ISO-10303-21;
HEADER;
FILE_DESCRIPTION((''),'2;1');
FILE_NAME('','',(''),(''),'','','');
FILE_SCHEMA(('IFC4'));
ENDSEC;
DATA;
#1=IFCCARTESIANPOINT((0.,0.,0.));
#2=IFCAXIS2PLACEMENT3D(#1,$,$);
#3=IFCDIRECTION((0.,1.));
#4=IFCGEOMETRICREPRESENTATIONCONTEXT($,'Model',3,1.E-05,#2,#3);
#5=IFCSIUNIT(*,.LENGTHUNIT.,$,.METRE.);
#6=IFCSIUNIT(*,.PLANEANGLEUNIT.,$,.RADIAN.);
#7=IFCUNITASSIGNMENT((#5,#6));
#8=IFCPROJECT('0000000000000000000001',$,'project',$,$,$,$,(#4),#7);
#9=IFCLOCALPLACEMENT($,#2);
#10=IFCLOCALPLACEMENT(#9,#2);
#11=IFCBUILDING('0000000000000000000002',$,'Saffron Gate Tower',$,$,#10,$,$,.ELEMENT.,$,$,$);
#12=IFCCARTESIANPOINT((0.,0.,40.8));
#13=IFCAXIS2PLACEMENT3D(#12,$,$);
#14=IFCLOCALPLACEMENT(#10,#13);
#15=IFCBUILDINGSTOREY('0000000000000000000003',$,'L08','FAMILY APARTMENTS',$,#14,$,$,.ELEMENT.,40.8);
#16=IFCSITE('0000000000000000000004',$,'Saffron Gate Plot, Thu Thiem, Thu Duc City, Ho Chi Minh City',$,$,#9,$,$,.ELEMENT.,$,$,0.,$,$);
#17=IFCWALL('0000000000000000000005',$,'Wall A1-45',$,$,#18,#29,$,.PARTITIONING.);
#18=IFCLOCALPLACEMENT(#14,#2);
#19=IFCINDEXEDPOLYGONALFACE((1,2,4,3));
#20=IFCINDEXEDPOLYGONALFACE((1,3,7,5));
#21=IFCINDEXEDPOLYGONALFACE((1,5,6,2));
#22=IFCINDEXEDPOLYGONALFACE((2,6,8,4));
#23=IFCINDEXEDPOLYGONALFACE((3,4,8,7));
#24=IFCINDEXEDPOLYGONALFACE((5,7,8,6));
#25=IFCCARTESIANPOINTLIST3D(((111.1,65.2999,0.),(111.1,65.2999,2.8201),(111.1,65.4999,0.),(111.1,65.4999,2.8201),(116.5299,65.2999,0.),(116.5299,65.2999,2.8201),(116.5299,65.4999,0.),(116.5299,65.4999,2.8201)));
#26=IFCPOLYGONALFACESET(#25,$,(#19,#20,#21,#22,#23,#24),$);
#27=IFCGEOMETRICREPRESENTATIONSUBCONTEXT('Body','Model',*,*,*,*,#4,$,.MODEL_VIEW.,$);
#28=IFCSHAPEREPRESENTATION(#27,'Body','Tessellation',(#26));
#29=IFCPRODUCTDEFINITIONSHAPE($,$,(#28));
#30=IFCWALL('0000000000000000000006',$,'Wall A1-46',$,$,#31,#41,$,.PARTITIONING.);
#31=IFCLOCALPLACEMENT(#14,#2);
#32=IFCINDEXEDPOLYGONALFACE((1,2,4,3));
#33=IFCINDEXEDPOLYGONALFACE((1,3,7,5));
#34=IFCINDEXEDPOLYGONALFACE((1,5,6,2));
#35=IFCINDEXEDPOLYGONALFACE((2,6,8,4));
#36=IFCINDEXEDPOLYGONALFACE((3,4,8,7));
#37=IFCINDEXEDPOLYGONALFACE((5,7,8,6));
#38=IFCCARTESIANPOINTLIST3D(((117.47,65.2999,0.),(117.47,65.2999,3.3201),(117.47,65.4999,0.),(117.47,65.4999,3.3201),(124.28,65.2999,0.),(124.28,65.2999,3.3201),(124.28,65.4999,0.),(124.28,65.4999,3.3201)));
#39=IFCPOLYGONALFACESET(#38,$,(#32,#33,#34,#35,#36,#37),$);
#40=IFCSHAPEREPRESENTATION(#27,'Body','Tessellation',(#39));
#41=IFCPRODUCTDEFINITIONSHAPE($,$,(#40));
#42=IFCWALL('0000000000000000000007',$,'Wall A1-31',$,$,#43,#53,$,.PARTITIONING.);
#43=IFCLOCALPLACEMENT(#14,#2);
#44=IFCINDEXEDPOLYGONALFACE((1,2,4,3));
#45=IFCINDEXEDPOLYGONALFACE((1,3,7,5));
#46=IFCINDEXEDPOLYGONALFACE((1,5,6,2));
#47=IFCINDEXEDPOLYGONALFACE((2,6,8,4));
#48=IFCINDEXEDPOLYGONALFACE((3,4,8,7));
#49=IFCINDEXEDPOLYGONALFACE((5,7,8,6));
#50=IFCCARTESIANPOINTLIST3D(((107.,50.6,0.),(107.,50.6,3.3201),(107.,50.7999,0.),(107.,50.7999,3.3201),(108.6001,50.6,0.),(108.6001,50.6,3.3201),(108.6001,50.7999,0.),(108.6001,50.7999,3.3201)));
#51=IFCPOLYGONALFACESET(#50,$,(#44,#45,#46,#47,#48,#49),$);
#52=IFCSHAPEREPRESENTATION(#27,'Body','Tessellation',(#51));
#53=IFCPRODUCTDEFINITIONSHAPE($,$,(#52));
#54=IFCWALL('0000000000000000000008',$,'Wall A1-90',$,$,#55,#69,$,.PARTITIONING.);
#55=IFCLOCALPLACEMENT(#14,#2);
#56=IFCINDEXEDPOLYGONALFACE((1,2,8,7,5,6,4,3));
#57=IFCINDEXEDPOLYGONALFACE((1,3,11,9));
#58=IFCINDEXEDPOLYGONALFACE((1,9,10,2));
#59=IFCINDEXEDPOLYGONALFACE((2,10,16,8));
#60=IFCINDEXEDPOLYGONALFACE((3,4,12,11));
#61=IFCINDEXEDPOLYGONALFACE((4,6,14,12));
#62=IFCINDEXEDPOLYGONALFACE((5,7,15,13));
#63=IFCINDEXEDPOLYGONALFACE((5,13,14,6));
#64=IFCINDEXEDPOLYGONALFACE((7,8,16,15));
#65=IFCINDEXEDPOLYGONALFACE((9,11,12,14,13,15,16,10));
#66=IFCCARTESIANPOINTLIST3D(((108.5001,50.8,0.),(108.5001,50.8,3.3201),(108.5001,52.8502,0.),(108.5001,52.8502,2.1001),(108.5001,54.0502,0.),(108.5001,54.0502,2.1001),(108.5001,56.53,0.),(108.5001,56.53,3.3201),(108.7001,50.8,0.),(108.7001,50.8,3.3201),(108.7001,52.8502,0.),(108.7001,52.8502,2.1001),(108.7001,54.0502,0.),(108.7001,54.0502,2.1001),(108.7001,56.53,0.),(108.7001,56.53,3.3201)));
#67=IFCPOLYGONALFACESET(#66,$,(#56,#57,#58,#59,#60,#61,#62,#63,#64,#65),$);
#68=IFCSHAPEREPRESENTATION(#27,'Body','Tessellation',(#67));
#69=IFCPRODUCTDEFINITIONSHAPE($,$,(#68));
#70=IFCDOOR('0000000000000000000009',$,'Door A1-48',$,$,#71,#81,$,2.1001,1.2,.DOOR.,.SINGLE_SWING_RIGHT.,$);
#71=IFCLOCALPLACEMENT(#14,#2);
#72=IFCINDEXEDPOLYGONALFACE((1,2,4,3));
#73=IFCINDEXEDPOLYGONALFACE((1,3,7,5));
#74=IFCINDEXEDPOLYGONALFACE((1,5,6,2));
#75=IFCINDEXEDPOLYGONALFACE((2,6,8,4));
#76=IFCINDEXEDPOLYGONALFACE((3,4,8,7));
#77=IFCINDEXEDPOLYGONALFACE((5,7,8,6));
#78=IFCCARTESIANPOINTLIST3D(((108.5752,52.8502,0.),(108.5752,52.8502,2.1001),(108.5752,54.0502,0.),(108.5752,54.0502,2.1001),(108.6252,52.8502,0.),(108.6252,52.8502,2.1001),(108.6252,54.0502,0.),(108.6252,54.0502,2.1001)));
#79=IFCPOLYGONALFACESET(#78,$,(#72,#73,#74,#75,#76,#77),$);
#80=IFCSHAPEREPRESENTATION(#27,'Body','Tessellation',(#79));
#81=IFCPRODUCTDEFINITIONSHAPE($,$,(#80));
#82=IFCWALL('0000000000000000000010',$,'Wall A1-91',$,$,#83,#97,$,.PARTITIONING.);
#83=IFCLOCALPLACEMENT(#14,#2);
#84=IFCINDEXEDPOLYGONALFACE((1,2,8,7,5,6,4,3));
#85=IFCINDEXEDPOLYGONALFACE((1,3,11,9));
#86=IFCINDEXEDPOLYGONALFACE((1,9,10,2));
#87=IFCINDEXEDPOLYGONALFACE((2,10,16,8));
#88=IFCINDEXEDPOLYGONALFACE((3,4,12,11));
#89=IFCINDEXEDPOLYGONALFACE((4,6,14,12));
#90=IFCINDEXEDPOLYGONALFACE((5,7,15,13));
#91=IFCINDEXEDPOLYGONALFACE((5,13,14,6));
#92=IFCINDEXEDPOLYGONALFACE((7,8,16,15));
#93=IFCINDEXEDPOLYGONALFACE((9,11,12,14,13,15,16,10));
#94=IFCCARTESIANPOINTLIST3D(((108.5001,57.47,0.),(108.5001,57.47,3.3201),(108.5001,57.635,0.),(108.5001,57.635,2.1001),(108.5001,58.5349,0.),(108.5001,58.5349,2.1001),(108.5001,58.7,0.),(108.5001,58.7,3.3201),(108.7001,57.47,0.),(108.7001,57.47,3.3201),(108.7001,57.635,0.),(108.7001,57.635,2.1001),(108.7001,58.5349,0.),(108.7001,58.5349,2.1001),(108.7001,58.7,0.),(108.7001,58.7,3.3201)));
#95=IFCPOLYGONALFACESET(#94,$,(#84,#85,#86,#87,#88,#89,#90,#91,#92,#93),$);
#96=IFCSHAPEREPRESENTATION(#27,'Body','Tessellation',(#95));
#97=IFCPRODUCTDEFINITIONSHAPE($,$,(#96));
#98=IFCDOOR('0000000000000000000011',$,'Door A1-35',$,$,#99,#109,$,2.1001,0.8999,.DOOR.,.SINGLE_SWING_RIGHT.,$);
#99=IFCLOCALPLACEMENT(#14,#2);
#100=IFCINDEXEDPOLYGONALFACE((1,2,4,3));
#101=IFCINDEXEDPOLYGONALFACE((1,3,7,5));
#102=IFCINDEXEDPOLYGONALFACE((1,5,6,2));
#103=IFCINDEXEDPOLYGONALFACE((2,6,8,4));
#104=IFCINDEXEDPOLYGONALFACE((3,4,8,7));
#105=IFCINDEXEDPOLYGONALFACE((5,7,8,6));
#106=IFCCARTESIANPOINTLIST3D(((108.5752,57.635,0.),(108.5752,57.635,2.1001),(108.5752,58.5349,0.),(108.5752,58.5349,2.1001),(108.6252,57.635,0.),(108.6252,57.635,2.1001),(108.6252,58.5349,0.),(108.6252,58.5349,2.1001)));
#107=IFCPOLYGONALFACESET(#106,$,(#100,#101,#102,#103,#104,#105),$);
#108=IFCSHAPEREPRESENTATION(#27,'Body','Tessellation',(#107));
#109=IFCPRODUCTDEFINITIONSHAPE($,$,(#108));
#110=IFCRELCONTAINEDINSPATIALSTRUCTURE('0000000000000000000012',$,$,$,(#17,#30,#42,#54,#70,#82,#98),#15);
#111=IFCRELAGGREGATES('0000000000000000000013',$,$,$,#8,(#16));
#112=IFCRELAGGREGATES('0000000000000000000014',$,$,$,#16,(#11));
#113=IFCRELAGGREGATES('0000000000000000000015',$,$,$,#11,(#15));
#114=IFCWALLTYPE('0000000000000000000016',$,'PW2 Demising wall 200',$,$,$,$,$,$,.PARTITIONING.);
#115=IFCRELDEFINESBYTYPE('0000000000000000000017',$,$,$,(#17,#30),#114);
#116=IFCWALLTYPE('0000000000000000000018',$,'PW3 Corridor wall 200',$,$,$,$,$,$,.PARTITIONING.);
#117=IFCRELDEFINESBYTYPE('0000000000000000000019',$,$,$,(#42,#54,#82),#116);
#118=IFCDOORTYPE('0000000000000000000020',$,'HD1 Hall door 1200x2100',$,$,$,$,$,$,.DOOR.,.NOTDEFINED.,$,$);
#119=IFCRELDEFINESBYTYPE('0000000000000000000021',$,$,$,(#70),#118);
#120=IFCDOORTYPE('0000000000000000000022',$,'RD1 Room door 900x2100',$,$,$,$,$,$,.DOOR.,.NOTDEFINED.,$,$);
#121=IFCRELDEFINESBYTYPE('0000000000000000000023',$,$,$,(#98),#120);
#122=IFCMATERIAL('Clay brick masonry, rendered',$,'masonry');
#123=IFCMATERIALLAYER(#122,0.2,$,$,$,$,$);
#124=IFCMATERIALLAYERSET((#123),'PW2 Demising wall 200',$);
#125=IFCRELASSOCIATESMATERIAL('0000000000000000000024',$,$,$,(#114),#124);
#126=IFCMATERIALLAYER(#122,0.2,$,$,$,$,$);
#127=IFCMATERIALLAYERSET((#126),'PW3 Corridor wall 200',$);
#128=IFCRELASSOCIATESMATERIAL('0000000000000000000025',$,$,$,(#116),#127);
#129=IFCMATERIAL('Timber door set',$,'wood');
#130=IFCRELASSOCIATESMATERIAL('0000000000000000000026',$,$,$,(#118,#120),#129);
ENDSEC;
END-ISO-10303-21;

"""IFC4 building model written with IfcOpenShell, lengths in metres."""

from ifc_helpers import new_model, si_unit, direction, frame, frame_2d, origin, place, context, subcontext, project, spatial, rectangle, extrude, material, layer, layer_set, type_object, element, fill, save


model = new_model("IFC4")

# Units and contexts
model_context = context("Model", 3, precision=1e-05, world=origin(), true_north=direction((0.0, 1.0)))
body_context = subcontext(model_context, "Body", "Model", "MODEL_VIEW")
ifc_project = project(units=[si_unit("LENGTHUNIT", "METRE"), si_unit("PLANEANGLEUNIT", "RADIAN")], contexts=[model_context])

# Site, building, storey
site_placement = place(None, origin())
site = spatial("IfcSite", under=ifc_project, at=site_placement, Name="Saffron Gate Plot, Thu Thiem, Thu Duc City, Ho Chi Minh City", CompositionType="ELEMENT", RefElevation=0.0)
building_placement = place(site_placement, origin())
building = spatial("IfcBuilding", under=site, at=building_placement, Name="Saffron Gate Tower", CompositionType="ELEMENT")
storey_placement = place(building_placement, frame((0.0, 0.0, 40.8)))
storey = spatial("IfcBuildingStorey", under=building, at=storey_placement, Name="L08", Description="FAMILY APARTMENTS", CompositionType="ELEMENT", Elevation=40.8)

# Walls
ifc_material_1 = material(Name="Clay brick masonry, rendered", Category="masonry")
ifc_layer_1 = layer(ifc_material_1, 0.2)
ifc_layer_set_1 = layer_set([ifc_layer_1], Name="PW2 Demising wall 200")
wall_type_1 = type_object("IfcWallType", Name="PW2 Demising wall 200", PredefinedType="PARTITIONING", material=ifc_layer_set_1)
wall_1_placement = place(storey_placement, frame((111.1001, 65.3999, 0.0), z_axis=(0.0, 0.0, 1.0), x_axis=(1.0, 0.0, 0.0)))
element("IfcWall", 1, at=wall_1_placement, inside=storey, type_object=wall_type_1, Name="Wall A1-45", PredefinedType="PARTITIONING", context=body_context, shape_type="SweptSolid", body=[
    extrude(rectangle(XDim=5.4299, YDim=0.2, at=frame_2d((2.7148, 0.0))), origin(), (0.0, 0.0, 1.0), 2.8201),
])
wall_2_placement = place(storey_placement, frame((117.47, 65.3999, 0.0), z_axis=(0.0, 0.0, 1.0), x_axis=(1.0, 0.0, 0.0)))
element("IfcWall", 2, at=wall_2_placement, inside=storey, type_object=wall_type_1, Name="Wall A1-46", PredefinedType="PARTITIONING", context=body_context, shape_type="SweptSolid", body=[
    extrude(rectangle(XDim=6.8101, YDim=0.2, at=frame_2d((3.405, 0.0))), origin(), (0.0, 0.0, 1.0), 3.3201),
])
ifc_layer_2 = layer(ifc_material_1, 0.2)
ifc_layer_set_2 = layer_set([ifc_layer_2], Name="PW3 Corridor wall 200")
wall_type_2 = type_object("IfcWallType", Name="PW3 Corridor wall 200", PredefinedType="PARTITIONING", material=ifc_layer_set_2)
wall_3_placement = place(storey_placement, frame((107.0, 50.7, 0.0), z_axis=(0.0, 0.0, 1.0), x_axis=(1.0, 0.0, 0.0)))
element("IfcWall", 3, at=wall_3_placement, inside=storey, type_object=wall_type_2, Name="Wall A1-31", PredefinedType="PARTITIONING", context=body_context, shape_type="SweptSolid", body=[
    extrude(rectangle(XDim=1.6001, YDim=0.2, at=frame_2d((0.8, 0.0))), origin(), (0.0, 0.0, 1.0), 3.3201),
])

# Walls, openings, doors
wall_4_placement = place(storey_placement, frame((108.6001, 50.8, 0.0), z_axis=(0.0, 0.0, 1.0), x_axis=(0.0, 1.0, 0.0)))
wall_4 = element("IfcWall", 4, at=wall_4_placement, inside=storey, type_object=wall_type_2, Name="Wall A1-90", PredefinedType="PARTITIONING", context=body_context, shape_type="SweptSolid", body=[
    extrude(rectangle(XDim=5.73, YDim=0.2, at=frame_2d((2.865, 0.0))), origin(), (0.0, 0.0, 1.0), 3.3201),
])
opening_1_placement = place(wall_4_placement, frame((2.05, 0.0, 0.0)))
opening_1 = element("IfcOpeningElement", 5, at=opening_1_placement, cuts=wall_4, PredefinedType="OPENING", context=body_context, shape_type="SweptSolid", body=[
    extrude(rectangle(XDim=1.2, YDim=2.1001, at=frame_2d((0.6001, 1.05))), frame((0.0, 0.1099, 0.0), z_axis=(0.0, -1.0, 0.0), x_axis=(1.0, 0.0, 0.0)), (0.0, 0.0, 1.0), 0.22),
])
ifc_material_2 = material(Name="Timber door set", Category="wood")
door_type_1 = type_object("IfcDoorType", Name="HD1 Hall door 1200x2100", OperationType="NOTDEFINED", PredefinedType="DOOR", material=ifc_material_2)
door_1_placement = place(opening_1_placement, origin())
door_1 = element("IfcDoor", 6, at=door_1_placement, inside=storey, type_object=door_type_1, Name="Door A1-48", OperationType="SINGLE_SWING_RIGHT", OverallHeight=2.1001, OverallWidth=1.2, PredefinedType="DOOR", context=body_context, shape_type="SweptSolid", body=[
    extrude(rectangle(XDim=1.2, YDim=2.1001, at=frame_2d((0.6001, 1.05))), frame((0.0, 0.0249, 0.0), z_axis=(0.0, -1.0, 0.0), x_axis=(1.0, 0.0, 0.0)), (0.0, 0.0, 1.0), 0.05),
])
fill(opening_1, door_1)
wall_5_placement = place(storey_placement, frame((108.6001, 57.47, 0.0), z_axis=(0.0, 0.0, 1.0), x_axis=(0.0, 1.0, 0.0)))
wall_5 = element("IfcWall", 7, at=wall_5_placement, inside=storey, type_object=wall_type_2, Name="Wall A1-91", PredefinedType="PARTITIONING", context=body_context, shape_type="SweptSolid", body=[
    extrude(rectangle(XDim=1.23, YDim=0.2, at=frame_2d((0.615, 0.0))), origin(), (0.0, 0.0, 1.0), 3.3201),
])
opening_2_placement = place(wall_5_placement, frame((0.165, 0.0, 0.0)))
opening_2 = element("IfcOpeningElement", 8, at=opening_2_placement, cuts=wall_5, PredefinedType="OPENING", context=body_context, shape_type="SweptSolid", body=[
    extrude(rectangle(XDim=0.8999, YDim=2.1001, at=frame_2d((0.45, 1.05))), frame((0.0, 0.1099, 0.0), z_axis=(0.0, -1.0, 0.0), x_axis=(1.0, 0.0, 0.0)), (0.0, 0.0, 1.0), 0.22),
])
door_type_2 = type_object("IfcDoorType", Name="RD1 Room door 900x2100", OperationType="NOTDEFINED", PredefinedType="DOOR", material=ifc_material_2)
door_2_placement = place(opening_2_placement, origin())
door_2 = element("IfcDoor", 9, at=door_2_placement, inside=storey, type_object=door_type_2, Name="Door A1-35", OperationType="SINGLE_SWING_RIGHT", OverallHeight=2.1001, OverallWidth=0.8999, PredefinedType="DOOR", context=body_context, shape_type="SweptSolid", body=[
    extrude(rectangle(XDim=0.8999, YDim=2.1001, at=frame_2d((0.45, 1.05))), frame((0.0, 0.0249, 0.0), z_axis=(0.0, -1.0, 0.0), x_axis=(1.0, 0.0, 0.0)), (0.0, 0.0, 1.0), 0.05),
])
fill(opening_2, door_2)

save(model, "model.ifc")
